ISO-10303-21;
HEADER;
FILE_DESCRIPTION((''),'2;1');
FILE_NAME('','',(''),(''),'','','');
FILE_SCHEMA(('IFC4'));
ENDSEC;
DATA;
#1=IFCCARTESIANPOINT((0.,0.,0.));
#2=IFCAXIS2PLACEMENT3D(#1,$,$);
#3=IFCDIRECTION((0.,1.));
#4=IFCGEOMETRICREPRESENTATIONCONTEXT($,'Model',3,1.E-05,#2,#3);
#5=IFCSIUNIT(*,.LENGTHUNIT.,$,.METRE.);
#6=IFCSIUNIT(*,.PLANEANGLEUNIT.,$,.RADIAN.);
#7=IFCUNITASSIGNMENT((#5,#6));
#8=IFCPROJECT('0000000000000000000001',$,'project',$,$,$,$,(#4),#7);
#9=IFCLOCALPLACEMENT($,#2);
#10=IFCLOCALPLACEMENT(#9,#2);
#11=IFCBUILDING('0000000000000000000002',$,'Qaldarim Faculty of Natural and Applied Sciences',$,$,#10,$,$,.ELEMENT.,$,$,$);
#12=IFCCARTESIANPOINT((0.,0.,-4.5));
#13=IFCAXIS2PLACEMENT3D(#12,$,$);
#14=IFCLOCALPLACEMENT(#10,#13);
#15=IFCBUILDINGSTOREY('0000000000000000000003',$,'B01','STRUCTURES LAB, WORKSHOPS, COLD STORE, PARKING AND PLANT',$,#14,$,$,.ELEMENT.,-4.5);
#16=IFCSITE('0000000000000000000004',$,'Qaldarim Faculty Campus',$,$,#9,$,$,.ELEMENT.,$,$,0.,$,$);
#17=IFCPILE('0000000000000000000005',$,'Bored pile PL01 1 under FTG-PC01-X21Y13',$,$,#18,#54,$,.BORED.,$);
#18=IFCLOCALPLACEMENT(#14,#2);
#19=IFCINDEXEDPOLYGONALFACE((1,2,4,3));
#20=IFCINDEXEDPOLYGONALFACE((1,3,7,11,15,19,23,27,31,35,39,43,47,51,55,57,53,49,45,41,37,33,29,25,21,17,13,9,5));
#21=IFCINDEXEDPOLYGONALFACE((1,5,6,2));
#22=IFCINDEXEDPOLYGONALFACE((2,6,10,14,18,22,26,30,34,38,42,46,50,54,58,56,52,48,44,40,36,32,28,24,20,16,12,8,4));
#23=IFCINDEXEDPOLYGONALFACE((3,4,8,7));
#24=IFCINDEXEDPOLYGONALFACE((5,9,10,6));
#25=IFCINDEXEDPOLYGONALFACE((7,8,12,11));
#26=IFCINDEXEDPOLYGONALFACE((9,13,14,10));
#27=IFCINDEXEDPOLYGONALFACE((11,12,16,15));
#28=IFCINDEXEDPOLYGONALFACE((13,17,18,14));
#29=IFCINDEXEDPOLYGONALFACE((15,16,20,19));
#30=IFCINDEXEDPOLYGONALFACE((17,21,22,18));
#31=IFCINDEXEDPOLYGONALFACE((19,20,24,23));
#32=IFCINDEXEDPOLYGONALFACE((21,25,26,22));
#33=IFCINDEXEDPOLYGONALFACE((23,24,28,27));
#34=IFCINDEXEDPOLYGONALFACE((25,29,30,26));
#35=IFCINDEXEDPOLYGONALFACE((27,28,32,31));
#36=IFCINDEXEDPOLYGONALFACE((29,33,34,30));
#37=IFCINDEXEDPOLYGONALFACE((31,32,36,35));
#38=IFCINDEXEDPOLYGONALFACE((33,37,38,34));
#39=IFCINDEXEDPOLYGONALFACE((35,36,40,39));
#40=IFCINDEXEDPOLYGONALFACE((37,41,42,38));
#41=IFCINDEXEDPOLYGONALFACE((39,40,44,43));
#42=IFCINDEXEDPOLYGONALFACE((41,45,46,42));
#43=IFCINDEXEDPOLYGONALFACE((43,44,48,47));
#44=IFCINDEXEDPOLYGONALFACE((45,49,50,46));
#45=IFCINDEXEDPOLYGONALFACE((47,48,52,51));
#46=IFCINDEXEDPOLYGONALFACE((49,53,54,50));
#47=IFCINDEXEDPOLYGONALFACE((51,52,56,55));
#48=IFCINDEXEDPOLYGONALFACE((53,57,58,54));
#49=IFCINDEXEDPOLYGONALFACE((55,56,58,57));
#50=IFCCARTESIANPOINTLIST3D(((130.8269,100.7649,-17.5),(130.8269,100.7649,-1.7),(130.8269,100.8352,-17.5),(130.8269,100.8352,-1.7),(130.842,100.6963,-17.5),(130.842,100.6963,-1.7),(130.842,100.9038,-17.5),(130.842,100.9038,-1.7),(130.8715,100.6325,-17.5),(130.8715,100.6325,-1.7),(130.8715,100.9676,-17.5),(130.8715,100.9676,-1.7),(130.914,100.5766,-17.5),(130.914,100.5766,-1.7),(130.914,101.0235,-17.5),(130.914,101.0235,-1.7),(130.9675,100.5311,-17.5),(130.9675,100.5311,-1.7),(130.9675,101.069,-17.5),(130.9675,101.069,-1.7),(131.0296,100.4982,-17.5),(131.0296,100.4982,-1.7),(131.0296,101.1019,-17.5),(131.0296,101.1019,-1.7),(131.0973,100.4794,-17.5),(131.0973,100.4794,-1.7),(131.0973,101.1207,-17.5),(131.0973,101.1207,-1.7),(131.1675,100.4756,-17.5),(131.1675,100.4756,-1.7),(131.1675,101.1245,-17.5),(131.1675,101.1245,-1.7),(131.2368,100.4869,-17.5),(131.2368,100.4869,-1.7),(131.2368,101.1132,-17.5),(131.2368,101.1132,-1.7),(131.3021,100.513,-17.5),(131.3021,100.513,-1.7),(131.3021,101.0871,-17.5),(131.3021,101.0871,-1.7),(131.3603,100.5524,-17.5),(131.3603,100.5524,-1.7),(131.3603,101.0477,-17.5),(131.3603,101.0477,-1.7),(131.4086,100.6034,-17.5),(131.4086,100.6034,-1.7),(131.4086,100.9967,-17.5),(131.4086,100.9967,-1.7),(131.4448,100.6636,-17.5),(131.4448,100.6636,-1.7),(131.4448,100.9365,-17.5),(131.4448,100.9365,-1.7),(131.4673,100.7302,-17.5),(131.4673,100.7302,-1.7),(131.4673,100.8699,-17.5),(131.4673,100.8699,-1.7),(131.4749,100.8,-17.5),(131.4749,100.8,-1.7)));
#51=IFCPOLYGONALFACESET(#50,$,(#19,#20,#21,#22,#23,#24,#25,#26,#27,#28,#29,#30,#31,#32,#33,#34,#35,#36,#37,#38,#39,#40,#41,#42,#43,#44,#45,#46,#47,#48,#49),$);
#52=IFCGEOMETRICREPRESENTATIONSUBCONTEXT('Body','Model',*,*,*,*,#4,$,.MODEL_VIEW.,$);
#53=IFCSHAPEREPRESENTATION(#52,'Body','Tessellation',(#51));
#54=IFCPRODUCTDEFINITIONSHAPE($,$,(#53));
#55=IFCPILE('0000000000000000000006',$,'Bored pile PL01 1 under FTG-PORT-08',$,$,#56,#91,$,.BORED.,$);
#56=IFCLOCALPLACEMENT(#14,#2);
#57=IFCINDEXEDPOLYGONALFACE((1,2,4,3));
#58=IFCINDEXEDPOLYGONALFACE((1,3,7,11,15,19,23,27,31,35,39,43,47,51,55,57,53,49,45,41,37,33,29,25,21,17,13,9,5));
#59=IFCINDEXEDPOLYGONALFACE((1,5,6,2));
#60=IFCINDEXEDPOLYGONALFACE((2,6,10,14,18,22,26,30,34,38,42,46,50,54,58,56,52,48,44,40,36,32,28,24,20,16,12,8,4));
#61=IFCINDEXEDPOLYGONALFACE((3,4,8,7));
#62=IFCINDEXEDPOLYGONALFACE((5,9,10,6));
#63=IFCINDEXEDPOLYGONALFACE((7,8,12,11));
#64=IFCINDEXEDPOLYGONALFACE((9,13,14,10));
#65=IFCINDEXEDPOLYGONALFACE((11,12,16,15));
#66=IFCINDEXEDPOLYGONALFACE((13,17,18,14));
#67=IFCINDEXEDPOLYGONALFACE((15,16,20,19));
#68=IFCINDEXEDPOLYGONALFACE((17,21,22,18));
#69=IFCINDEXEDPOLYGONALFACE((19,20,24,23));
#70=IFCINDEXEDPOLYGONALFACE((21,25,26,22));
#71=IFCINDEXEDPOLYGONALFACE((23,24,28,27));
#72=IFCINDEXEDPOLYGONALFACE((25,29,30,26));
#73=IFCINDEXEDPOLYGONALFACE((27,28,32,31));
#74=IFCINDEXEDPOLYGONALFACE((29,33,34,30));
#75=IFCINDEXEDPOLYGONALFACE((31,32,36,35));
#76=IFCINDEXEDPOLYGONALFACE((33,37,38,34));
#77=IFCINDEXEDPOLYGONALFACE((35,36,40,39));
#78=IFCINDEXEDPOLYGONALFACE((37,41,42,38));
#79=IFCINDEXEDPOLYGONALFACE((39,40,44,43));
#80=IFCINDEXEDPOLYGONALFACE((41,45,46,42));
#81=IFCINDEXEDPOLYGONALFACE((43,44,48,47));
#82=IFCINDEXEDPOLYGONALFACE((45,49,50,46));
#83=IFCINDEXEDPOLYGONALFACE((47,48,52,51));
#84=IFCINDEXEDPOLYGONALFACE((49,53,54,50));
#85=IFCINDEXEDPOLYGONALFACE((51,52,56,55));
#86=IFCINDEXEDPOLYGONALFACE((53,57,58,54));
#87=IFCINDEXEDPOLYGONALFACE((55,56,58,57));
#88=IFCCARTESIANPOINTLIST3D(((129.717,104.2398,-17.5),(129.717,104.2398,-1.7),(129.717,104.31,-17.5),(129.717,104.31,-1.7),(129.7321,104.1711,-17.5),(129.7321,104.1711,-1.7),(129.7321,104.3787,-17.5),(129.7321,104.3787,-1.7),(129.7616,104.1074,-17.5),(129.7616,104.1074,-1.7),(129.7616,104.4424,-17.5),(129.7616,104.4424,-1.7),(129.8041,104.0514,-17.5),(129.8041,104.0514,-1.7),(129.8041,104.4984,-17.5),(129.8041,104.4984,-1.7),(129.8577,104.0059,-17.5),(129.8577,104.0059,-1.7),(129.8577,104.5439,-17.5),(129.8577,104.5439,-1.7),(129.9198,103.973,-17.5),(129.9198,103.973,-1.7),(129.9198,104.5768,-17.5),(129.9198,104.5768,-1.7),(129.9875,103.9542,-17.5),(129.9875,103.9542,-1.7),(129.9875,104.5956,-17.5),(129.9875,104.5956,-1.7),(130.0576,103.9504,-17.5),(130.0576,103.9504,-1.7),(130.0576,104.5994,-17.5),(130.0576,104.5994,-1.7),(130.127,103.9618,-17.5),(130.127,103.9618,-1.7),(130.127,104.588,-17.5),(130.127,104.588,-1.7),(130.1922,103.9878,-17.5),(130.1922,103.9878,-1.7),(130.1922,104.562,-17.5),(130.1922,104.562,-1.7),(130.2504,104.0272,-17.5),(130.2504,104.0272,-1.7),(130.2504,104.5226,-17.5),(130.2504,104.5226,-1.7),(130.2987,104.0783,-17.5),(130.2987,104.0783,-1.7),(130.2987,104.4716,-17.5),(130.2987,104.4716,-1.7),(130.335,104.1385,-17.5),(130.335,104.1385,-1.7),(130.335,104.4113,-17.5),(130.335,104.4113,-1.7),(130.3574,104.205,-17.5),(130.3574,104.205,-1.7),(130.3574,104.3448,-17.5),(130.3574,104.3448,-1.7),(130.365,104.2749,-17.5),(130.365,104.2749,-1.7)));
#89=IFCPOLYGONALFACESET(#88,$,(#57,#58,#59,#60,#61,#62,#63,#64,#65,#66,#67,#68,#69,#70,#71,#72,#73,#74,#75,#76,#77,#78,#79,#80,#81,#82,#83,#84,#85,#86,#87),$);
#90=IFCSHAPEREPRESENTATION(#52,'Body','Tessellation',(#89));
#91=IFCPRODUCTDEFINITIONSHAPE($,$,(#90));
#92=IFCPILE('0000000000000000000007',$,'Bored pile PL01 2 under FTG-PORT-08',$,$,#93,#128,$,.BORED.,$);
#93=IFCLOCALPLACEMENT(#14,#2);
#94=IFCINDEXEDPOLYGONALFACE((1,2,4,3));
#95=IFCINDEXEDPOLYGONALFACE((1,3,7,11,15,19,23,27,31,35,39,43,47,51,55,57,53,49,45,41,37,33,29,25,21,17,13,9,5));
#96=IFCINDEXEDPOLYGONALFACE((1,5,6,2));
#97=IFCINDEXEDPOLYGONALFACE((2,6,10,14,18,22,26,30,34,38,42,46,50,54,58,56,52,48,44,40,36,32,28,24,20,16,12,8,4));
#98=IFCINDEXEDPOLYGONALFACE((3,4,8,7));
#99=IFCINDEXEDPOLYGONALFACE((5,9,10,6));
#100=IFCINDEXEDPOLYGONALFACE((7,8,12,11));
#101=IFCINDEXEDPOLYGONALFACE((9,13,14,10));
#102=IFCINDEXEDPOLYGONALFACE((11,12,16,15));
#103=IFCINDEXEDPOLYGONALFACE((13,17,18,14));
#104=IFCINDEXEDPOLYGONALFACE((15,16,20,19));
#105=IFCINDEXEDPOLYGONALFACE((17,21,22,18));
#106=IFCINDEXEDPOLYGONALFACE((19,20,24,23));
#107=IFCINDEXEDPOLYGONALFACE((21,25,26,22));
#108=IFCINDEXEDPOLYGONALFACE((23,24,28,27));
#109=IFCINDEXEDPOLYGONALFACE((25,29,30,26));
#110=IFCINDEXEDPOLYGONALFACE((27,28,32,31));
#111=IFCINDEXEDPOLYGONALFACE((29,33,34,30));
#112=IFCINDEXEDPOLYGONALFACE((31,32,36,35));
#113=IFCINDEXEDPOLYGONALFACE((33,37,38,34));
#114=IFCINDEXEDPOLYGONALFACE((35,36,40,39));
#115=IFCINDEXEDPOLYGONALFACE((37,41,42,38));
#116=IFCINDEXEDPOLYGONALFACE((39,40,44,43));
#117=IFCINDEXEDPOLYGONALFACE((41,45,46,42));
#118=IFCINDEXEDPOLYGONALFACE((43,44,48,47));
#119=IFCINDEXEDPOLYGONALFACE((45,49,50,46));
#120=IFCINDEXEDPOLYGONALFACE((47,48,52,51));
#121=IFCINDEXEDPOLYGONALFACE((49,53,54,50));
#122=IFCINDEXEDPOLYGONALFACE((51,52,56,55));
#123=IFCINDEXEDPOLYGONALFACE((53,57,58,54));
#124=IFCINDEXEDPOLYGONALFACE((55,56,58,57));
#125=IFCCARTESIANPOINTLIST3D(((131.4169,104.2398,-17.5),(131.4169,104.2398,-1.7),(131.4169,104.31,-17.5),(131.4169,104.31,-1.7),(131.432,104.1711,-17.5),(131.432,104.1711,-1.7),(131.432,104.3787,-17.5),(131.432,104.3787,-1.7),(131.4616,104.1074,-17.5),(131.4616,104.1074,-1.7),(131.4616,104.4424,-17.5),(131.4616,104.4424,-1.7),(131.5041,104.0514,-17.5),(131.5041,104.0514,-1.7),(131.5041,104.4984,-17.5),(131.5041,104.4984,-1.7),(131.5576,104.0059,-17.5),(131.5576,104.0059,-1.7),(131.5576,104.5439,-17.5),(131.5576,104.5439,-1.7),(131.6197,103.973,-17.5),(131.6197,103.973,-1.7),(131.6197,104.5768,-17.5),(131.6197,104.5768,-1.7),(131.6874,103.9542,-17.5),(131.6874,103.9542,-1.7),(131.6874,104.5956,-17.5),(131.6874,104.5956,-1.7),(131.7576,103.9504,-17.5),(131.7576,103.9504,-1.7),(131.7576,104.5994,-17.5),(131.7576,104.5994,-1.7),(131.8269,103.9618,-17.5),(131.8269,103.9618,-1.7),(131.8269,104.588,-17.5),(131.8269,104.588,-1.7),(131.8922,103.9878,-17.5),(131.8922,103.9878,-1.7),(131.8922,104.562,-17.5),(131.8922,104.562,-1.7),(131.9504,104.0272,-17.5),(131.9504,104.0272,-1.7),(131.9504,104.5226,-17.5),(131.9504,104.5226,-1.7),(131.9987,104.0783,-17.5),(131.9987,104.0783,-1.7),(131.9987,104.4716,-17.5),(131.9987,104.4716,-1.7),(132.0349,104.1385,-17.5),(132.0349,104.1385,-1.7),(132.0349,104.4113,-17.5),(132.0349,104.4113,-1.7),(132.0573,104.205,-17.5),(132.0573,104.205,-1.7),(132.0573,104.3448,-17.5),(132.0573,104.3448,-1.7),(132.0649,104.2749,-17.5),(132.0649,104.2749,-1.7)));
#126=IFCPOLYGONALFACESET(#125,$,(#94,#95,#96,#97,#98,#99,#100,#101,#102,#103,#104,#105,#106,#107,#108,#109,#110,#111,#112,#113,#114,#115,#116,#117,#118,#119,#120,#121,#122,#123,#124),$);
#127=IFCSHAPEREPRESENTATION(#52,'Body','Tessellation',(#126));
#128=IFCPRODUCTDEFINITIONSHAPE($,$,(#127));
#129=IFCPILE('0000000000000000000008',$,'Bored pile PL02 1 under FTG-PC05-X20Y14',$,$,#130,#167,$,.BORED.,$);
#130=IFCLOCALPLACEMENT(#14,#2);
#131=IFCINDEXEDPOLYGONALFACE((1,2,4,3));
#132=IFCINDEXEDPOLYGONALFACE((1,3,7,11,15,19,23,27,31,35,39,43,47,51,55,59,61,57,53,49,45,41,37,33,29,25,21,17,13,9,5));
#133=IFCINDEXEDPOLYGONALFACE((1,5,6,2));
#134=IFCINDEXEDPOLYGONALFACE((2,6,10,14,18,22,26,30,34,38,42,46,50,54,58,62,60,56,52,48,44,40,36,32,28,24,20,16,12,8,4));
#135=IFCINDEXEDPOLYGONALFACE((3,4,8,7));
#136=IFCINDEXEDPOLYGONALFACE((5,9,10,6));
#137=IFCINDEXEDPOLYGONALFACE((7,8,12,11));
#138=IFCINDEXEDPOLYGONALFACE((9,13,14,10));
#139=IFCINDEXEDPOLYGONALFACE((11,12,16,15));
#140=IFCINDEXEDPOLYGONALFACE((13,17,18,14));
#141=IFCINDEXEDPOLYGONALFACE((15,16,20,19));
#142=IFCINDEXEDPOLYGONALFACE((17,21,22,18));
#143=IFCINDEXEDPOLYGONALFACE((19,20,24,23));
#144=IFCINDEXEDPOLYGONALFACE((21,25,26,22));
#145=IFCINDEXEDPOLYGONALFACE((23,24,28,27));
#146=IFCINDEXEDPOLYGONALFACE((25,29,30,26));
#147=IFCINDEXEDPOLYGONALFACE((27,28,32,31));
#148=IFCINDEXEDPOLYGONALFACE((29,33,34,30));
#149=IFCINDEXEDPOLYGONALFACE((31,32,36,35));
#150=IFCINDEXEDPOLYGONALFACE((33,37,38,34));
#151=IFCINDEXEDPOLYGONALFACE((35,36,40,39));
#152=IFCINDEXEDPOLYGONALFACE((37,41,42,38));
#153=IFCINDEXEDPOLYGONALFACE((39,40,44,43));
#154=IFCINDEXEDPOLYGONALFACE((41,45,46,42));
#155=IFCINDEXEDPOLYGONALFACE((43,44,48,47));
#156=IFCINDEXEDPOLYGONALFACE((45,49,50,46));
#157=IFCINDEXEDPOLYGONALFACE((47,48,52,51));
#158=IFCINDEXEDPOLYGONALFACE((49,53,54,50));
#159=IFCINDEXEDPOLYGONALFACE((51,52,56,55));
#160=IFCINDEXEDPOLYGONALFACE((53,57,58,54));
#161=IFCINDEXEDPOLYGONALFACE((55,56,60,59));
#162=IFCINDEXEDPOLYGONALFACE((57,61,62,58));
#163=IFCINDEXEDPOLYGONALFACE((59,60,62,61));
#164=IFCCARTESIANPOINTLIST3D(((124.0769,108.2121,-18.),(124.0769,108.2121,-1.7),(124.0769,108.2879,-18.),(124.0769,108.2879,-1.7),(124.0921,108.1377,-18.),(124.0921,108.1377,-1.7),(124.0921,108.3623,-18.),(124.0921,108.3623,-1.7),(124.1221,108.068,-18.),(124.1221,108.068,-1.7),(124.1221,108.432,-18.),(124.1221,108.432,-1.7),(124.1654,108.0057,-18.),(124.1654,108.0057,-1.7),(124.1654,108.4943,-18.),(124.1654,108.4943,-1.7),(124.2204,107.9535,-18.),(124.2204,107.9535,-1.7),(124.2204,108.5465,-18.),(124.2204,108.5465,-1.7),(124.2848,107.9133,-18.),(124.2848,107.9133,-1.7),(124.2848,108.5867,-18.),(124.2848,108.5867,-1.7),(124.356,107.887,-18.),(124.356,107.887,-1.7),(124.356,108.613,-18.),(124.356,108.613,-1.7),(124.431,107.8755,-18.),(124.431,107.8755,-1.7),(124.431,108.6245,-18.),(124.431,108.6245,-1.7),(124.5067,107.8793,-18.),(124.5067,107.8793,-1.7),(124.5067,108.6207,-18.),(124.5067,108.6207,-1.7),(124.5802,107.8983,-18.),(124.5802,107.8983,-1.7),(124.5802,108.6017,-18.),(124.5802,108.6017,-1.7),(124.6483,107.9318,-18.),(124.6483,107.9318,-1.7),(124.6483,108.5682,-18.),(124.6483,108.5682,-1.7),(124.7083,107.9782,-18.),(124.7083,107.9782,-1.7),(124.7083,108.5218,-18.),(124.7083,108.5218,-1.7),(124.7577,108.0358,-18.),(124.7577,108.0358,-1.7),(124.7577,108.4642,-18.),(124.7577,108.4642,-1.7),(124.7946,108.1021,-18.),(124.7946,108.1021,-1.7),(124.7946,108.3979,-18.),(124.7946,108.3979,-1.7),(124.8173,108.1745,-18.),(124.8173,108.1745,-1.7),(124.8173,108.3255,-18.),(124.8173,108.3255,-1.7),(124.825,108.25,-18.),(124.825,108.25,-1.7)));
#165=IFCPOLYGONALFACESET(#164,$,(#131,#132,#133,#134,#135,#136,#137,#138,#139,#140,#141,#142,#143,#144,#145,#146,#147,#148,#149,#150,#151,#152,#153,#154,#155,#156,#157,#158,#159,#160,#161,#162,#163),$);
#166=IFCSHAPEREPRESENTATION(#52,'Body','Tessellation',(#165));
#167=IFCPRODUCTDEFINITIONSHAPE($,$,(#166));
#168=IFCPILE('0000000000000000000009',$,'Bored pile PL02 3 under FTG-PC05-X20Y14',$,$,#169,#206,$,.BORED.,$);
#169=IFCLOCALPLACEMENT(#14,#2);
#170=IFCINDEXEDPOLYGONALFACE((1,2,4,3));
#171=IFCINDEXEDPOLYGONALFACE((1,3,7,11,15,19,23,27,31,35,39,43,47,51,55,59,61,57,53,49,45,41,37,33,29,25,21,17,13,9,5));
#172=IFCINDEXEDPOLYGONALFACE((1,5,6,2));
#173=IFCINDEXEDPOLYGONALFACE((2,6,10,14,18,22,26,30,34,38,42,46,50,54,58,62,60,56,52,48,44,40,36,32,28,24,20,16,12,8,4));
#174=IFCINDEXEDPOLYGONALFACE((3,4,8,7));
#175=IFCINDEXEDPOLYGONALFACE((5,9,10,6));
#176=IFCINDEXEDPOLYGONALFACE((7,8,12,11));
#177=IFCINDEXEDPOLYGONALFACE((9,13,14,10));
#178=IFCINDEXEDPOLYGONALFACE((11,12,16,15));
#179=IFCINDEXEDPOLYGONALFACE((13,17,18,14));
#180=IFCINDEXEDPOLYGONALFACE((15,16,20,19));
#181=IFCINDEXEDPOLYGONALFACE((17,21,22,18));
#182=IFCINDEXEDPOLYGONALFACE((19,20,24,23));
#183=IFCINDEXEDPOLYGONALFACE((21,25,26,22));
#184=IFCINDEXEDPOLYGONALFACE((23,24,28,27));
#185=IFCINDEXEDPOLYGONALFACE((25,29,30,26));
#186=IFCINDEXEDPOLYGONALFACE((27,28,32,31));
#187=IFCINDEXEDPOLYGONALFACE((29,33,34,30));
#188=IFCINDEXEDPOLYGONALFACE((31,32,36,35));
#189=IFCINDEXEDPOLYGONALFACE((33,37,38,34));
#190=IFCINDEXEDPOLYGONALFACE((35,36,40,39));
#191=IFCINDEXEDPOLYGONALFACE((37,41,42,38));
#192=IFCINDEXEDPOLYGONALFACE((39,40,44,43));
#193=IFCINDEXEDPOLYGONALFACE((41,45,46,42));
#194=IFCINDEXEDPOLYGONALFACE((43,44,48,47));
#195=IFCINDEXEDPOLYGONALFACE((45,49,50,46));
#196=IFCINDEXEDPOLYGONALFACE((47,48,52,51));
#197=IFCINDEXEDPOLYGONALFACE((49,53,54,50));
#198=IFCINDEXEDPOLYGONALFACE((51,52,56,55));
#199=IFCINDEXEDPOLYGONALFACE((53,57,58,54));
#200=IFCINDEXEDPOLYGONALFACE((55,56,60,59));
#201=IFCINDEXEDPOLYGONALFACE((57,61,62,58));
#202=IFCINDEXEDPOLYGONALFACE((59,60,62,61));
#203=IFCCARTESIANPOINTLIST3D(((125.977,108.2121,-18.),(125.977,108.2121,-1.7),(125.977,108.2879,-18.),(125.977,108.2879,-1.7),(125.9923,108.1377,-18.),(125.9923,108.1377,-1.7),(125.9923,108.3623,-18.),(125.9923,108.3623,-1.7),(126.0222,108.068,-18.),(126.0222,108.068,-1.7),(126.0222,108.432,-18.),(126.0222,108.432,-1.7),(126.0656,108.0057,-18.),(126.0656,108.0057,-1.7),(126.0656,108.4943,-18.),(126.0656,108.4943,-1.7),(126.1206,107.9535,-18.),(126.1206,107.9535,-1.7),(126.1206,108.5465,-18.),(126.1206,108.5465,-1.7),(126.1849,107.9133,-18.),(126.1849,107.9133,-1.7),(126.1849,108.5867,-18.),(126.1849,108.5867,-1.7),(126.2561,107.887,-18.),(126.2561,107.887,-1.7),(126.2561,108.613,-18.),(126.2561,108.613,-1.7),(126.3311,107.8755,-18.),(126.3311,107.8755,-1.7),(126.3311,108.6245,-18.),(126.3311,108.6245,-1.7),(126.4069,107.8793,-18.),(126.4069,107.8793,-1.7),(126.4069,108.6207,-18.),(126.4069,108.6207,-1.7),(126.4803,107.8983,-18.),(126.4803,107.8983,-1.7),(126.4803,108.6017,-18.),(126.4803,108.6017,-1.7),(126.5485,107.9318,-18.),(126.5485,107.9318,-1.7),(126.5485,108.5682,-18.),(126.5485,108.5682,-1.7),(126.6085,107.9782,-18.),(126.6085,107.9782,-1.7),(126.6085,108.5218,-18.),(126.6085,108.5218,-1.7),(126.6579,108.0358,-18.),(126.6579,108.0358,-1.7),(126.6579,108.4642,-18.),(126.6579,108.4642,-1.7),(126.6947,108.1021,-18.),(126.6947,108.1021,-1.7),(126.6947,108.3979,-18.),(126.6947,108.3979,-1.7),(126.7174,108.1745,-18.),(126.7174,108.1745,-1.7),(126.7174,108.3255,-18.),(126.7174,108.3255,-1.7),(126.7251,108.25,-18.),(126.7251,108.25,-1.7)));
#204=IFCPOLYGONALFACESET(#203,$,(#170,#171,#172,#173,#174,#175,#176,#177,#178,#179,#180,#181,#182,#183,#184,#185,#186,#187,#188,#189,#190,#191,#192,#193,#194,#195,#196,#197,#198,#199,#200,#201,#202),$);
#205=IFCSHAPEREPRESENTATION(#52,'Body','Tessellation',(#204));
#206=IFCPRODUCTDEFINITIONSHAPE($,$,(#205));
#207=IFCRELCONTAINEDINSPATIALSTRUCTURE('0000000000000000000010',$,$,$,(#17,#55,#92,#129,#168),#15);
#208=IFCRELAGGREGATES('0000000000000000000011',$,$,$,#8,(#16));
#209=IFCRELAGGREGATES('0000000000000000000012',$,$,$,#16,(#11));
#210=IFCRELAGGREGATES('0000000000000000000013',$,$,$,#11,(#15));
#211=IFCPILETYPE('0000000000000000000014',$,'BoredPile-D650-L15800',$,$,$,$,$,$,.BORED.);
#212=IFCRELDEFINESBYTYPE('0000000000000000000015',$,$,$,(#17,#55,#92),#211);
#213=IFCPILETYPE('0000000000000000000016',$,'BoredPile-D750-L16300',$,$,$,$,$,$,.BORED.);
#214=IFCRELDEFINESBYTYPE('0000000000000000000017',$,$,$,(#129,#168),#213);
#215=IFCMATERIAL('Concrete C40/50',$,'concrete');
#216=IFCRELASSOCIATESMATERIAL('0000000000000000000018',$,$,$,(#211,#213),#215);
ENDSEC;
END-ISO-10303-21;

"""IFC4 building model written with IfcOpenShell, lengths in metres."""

from ifc_helpers import new_model, si_unit, direction, frame, origin, origin_2d, place, context, subcontext, project, spatial, circle, extrude, material, material_profile, profile_set, type_object, element, save


model = new_model("IFC4")

# Units and contexts
model_context = context("Model", 3, precision=1e-05, world=origin(), true_north=direction((0.0, 1.0)))
body_context = subcontext(model_context, "Body", "Model", "MODEL_VIEW")
ifc_project = project(units=[si_unit("LENGTHUNIT", "METRE"), si_unit("PLANEANGLEUNIT", "RADIAN")], contexts=[model_context])

# Site, building, storey
site_placement = place(None, origin())
site = spatial("IfcSite", under=ifc_project, at=site_placement, Name="Qaldarim Faculty Campus", CompositionType="ELEMENT", RefElevation=0.0)
building_placement = place(site_placement, origin())
building = spatial("IfcBuilding", under=site, at=building_placement, Name="Qaldarim Faculty of Natural and Applied Sciences", CompositionType="ELEMENT")
storey_placement = place(building_placement, frame((0.0, 0.0, -4.5)))
storey = spatial("IfcBuildingStorey", under=building, at=storey_placement, Name="B01", Description="STRUCTURES LAB, WORKSHOPS, COLD STORE, PARKING AND PLANT", CompositionType="ELEMENT", Elevation=-4.5)

# Piles
ifc_material_1 = material(Name="Concrete C40/50", Category="concrete")
ifc_material_profile_1 = material_profile(ifc_material_1, circle(Radius=0.325, at=origin_2d()), Name="PILE-D650")
ifc_profile_set_1 = profile_set([ifc_material_profile_1], Name="Concrete C40/50")
pile_type_1 = type_object("IfcPileType", Name="BoredPile-D650-L15800", PredefinedType="BORED", material=ifc_profile_set_1)
for number, where, z_axis, x_axis, name in (
    (1, (131.1499, 100.8, -1.7), (0.0, 0.0, -1.0), (1.0, 0.0, 0.0), "Bored pile PL01 1 under FTG-PC01-X21Y13"),
    (2, (130.04, 104.2749, -1.7), (0.0, 0.0, -1.0), (1.0, 0.0, 0.0), "Bored pile PL01 1 under FTG-PORT-08"),
    (3, (131.74, 104.2749, -1.7), (0.0, 0.0, -1.0), (1.0, 0.0, 0.0), "Bored pile PL01 2 under FTG-PORT-08"),
):
    element("IfcPile", number, at=place(storey_placement, frame(where, z_axis=z_axis, x_axis=x_axis)), inside=storey, type_object=pile_type_1, Name=name, PredefinedType="BORED", context=body_context, shape_type="SweptSolid", body=[
        extrude(circle(Radius=0.325, at=origin_2d()), origin(), (0.0, 0.0, 1.0), 15.8),
    ])
ifc_material_profile_2 = material_profile(ifc_material_1, circle(Radius=0.375, at=origin_2d()), Name="PILE-D750")
ifc_profile_set_2 = profile_set([ifc_material_profile_2], Name="Concrete C40/50")
pile_type_2 = type_object("IfcPileType", Name="BoredPile-D750-L16300", PredefinedType="BORED", material=ifc_profile_set_2)
for number, where, z_axis, x_axis, name in (
    (4, (124.45, 108.25, -1.7), (0.0, 0.0, -1.0), (1.0, 0.0, 0.0), "Bored pile PL02 1 under FTG-PC05-X20Y14"),
    (5, (126.3501, 108.25, -1.7), (0.0, 0.0, -1.0), (1.0, 0.0, 0.0), "Bored pile PL02 3 under FTG-PC05-X20Y14"),
):
    element("IfcPile", number, at=place(storey_placement, frame(where, z_axis=z_axis, x_axis=x_axis)), inside=storey, type_object=pile_type_2, Name=name, PredefinedType="BORED", context=body_context, shape_type="SweptSolid", body=[
        extrude(circle(Radius=0.375, at=origin_2d()), origin(), (0.0, 0.0, 1.0), 16.3),
    ])

save(model, "model.ifc")
